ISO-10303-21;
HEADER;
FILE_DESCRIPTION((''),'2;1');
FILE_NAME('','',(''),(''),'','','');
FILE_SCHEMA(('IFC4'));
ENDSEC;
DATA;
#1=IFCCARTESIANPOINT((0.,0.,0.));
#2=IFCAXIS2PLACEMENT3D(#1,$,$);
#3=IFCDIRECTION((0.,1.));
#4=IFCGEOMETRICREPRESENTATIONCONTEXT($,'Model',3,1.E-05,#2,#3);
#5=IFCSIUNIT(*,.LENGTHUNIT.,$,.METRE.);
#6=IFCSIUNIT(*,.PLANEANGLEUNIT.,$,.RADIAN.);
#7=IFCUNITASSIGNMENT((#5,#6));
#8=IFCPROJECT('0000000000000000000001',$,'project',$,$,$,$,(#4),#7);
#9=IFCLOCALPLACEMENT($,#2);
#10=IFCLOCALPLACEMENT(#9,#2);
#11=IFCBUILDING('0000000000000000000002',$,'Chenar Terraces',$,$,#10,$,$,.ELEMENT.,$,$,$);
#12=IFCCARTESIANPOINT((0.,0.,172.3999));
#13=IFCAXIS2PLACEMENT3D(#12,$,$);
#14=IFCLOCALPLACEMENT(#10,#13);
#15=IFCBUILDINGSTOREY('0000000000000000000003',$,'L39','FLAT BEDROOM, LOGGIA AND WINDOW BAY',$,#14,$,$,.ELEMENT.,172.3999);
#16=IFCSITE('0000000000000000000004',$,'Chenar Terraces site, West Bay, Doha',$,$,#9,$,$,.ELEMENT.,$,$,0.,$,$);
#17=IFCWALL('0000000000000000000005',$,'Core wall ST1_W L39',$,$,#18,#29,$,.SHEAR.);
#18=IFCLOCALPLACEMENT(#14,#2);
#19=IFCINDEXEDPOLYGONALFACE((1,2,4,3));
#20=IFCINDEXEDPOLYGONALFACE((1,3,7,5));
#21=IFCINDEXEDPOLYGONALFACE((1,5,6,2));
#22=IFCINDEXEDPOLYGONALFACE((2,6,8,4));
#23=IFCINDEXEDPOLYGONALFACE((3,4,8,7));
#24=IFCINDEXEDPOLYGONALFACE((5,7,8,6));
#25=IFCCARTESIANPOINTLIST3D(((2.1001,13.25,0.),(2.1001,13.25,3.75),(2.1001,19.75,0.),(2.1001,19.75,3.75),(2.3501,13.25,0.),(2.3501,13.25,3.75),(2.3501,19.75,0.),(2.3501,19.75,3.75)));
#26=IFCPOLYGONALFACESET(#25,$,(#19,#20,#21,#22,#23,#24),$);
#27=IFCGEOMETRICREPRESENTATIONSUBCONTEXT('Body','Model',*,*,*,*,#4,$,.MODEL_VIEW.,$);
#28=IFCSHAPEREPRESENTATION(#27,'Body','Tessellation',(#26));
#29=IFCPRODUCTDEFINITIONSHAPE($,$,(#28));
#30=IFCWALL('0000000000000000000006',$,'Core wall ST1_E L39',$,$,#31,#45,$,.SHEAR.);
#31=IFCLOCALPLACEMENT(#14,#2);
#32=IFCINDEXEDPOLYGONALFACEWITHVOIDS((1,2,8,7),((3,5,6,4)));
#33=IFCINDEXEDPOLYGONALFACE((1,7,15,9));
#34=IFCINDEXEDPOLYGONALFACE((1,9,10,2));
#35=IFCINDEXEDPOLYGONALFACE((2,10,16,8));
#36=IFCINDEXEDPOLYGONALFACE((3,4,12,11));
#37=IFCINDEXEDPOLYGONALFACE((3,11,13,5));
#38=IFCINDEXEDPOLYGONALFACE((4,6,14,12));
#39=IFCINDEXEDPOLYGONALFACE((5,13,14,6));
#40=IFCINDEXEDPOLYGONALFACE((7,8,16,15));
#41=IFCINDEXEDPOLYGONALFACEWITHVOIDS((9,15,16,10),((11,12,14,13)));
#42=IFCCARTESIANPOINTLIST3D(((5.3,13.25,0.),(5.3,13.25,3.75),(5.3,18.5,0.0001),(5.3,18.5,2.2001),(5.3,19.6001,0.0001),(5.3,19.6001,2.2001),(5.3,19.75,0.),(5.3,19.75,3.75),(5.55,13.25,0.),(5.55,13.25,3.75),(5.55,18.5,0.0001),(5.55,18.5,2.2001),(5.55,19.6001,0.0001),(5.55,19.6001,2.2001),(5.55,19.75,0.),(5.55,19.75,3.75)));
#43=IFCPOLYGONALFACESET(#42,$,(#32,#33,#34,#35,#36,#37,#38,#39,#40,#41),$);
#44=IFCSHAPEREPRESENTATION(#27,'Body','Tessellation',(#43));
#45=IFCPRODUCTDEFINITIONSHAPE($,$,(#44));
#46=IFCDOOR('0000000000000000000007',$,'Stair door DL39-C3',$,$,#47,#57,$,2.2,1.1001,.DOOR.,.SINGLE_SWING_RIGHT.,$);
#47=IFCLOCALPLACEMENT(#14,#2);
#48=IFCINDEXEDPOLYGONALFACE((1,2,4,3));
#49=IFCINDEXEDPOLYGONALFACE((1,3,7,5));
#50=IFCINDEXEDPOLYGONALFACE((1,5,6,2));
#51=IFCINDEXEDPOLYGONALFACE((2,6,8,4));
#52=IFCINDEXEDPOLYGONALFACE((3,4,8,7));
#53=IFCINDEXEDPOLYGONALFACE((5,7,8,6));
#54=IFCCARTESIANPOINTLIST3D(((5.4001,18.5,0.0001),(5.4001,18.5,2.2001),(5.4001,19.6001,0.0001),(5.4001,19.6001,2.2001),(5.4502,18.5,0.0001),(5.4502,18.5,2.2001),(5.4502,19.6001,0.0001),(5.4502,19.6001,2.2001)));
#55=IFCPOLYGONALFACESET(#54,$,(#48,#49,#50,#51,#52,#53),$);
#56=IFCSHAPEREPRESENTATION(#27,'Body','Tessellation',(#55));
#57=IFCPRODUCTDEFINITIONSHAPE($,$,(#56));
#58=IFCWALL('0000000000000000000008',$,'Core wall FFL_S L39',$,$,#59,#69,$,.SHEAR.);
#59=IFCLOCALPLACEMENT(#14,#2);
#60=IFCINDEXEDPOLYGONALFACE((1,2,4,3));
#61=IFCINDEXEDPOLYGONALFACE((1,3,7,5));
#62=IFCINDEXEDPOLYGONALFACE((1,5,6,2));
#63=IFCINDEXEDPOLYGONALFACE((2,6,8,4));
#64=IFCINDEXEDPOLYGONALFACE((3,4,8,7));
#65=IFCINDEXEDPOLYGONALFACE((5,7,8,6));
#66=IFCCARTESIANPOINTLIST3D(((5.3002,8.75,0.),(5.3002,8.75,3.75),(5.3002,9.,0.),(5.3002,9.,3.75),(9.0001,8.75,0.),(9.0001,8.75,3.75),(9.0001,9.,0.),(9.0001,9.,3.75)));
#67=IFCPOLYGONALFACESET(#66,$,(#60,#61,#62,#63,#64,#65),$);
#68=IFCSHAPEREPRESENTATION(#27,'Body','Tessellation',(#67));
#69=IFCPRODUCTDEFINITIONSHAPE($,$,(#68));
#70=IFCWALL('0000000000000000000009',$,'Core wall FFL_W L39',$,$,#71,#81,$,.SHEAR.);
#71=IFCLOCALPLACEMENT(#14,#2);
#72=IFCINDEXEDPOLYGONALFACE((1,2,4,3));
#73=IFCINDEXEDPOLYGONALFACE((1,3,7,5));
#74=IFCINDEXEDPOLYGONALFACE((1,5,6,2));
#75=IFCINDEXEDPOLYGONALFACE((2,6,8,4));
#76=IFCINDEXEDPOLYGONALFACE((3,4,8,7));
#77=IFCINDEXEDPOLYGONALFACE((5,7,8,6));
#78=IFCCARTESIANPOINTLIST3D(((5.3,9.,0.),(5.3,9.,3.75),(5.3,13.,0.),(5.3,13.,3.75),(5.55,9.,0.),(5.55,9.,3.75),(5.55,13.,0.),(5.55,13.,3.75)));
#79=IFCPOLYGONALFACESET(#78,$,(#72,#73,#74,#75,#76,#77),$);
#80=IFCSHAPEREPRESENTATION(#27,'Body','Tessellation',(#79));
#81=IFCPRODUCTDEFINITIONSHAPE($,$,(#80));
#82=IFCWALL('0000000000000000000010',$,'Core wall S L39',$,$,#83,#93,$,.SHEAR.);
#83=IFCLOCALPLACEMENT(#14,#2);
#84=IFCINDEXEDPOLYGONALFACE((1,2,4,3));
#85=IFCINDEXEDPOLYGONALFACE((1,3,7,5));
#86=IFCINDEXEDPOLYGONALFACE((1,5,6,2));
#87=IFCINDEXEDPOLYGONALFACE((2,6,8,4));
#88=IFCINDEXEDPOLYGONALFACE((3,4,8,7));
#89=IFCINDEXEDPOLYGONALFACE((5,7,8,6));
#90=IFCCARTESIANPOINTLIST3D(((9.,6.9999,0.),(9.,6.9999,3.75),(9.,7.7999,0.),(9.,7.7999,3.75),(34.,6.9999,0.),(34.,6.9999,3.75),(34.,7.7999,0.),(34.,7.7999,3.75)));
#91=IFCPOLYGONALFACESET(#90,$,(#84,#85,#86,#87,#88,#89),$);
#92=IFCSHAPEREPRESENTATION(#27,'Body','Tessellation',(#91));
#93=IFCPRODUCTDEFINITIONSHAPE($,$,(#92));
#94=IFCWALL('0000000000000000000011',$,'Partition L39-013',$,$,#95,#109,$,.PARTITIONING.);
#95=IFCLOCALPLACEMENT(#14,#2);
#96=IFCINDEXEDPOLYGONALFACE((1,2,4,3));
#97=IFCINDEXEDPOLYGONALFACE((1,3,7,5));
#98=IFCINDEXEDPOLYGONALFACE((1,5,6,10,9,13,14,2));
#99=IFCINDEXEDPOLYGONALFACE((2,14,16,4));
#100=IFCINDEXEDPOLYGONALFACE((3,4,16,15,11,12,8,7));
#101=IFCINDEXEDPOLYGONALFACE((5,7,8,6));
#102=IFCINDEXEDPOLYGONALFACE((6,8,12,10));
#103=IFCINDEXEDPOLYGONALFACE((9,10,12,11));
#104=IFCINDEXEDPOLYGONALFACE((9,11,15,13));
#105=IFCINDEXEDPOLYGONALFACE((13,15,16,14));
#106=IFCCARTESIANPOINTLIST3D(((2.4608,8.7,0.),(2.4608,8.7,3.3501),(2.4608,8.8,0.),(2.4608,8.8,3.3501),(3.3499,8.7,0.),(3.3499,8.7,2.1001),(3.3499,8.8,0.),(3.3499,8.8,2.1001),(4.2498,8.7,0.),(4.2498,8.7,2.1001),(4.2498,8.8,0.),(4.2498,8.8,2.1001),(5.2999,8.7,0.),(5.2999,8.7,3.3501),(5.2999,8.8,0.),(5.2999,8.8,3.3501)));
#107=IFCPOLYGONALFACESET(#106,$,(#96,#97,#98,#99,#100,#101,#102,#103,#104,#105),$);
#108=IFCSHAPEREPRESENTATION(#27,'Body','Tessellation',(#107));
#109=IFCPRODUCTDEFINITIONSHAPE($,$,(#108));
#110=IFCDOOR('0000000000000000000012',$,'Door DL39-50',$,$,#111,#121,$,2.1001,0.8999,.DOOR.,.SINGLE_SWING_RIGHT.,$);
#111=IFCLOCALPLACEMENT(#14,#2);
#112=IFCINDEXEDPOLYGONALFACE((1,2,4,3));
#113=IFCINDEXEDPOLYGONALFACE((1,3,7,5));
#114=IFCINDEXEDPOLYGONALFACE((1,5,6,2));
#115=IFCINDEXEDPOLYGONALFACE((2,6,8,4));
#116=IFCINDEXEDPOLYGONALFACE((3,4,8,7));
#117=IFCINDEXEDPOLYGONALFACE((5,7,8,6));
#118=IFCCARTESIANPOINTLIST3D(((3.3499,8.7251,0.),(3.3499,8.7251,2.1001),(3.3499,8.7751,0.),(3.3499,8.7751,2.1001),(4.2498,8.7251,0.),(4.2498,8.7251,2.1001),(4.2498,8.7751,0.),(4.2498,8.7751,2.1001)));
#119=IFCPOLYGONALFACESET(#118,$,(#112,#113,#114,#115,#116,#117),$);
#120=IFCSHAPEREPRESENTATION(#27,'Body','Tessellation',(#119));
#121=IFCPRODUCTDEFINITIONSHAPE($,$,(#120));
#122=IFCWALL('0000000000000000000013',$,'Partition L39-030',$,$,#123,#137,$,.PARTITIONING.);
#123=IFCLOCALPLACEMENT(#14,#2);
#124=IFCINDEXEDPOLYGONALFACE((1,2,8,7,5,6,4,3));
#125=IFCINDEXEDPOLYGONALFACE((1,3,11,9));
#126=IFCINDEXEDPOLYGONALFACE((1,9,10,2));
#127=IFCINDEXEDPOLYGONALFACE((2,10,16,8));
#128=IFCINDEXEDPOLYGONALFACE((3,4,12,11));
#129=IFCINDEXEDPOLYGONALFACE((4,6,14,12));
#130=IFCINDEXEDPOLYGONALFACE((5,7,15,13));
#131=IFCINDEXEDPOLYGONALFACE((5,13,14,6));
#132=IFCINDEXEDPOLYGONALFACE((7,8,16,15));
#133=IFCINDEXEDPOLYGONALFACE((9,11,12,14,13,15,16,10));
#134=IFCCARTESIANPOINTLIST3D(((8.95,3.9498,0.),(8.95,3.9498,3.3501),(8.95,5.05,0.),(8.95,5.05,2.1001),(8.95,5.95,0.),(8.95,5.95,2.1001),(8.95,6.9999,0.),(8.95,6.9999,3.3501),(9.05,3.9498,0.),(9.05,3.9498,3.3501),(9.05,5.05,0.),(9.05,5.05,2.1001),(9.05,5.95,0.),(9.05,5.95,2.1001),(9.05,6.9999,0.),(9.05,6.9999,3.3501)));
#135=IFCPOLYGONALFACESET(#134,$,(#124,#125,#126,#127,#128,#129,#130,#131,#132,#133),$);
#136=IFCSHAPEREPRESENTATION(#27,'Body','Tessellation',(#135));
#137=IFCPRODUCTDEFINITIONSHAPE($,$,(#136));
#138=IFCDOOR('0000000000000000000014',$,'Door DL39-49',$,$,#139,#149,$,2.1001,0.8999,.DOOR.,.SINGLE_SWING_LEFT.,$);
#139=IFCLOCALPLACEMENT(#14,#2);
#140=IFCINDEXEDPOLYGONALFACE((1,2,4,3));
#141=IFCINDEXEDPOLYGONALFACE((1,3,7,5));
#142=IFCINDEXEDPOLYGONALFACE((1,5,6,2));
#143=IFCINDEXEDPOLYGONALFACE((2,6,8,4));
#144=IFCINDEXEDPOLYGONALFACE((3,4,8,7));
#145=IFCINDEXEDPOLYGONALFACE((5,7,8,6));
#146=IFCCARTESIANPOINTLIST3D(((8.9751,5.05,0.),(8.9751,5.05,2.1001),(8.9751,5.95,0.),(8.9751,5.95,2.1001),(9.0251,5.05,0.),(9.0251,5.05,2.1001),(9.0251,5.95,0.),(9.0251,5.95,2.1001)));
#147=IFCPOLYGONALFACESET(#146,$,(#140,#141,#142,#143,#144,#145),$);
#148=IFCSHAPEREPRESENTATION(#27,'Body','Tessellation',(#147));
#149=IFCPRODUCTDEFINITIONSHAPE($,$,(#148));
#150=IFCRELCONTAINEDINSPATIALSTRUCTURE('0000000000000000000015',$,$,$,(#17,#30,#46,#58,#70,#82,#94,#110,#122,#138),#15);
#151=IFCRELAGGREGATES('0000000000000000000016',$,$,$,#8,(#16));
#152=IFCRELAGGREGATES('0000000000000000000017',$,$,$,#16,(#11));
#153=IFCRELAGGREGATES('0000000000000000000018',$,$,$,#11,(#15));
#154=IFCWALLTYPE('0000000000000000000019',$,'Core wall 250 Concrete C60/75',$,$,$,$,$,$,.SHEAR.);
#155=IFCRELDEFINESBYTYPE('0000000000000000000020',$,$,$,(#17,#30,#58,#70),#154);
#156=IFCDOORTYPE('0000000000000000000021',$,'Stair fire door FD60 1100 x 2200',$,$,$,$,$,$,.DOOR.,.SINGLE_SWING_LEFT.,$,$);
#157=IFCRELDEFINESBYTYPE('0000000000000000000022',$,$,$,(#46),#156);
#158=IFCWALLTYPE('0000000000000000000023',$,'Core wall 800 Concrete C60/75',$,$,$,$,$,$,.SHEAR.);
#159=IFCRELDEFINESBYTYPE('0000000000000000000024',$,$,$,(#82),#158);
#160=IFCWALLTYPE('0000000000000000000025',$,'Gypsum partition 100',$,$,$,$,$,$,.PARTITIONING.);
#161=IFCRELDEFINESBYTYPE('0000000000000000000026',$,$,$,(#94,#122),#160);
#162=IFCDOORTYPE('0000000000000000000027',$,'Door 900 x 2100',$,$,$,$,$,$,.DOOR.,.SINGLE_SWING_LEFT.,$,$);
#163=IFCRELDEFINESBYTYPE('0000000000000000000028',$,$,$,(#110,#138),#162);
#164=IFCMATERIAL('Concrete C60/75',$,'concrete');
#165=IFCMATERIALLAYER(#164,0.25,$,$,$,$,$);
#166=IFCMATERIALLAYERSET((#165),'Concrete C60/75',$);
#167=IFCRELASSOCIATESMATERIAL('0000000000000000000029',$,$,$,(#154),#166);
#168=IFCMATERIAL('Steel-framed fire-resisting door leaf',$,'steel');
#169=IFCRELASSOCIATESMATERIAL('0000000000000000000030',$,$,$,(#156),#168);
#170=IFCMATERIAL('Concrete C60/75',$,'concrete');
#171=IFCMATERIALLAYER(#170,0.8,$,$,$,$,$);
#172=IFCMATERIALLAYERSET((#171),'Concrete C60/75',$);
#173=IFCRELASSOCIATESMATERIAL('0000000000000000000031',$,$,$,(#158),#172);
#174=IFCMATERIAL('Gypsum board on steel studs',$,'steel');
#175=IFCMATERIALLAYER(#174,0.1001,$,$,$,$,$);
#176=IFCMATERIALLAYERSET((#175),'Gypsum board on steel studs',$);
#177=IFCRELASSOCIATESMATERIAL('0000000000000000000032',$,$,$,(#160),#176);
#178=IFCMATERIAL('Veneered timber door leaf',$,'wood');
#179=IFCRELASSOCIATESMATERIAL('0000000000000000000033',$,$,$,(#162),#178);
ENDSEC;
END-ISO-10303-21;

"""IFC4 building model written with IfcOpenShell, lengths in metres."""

from ifc_helpers import new_model, si_unit, direction, frame, frame_2d, origin, place, context, subcontext, project, spatial, rectangle, extrude, material, layer, layer_set, type_object, element, fill, save


model = new_model("IFC4")

# Units and contexts
model_context = context("Model", 3, precision=1e-05, world=origin(), true_north=direction((0.0, 1.0)))
body_context = subcontext(model_context, "Body", "Model", "MODEL_VIEW")
ifc_project = project(units=[si_unit("LENGTHUNIT", "METRE"), si_unit("PLANEANGLEUNIT", "RADIAN")], contexts=[model_context])

# Site, building, storey
site_placement = place(None, origin())
site = spatial("IfcSite", under=ifc_project, at=site_placement, Name="Chenar Terraces site, West Bay, Doha", CompositionType="ELEMENT", RefElevation=0.0)
building_placement = place(site_placement, origin())
building = spatial("IfcBuilding", under=site, at=building_placement, Name="Chenar Terraces", CompositionType="ELEMENT")
storey_placement = place(building_placement, frame((0.0, 0.0, 172.3999)))
storey = spatial("IfcBuildingStorey", under=building, at=storey_placement, Name="L39", Description="FLAT BEDROOM, LOGGIA AND WINDOW BAY", CompositionType="ELEMENT", Elevation=172.3999)

# Wall
ifc_material_1 = material(Name="Concrete C60/75", Category="concrete")
ifc_layer_1 = layer(ifc_material_1, 0.25)
ifc_layer_set_1 = layer_set([ifc_layer_1], Name="Concrete C60/75")
wall_type_1 = type_object("IfcWallType", Name="Core wall 250 Concrete C60/75", PredefinedType="SHEAR", material=ifc_layer_set_1)
wall_1_placement = place(storey_placement, frame((2.2251, 13.25, 0.0), z_axis=(0.0, 0.0, 1.0), x_axis=(0.0, 1.0, 0.0)))
element("IfcWall", 1, at=wall_1_placement, inside=storey, type_object=wall_type_1, Name="Core wall ST1_W L39", PredefinedType="SHEAR", context=body_context, shape_type="SweptSolid", body=[
    extrude(rectangle(XDim=6.5, YDim=0.25, at=frame_2d((3.25, 0.0))), origin(), (0.0, 0.0, 1.0), 3.75),
])

# Wall, opening, door
wall_2_placement = place(storey_placement, frame((5.425, 13.25, 0.0), z_axis=(0.0, 0.0, 1.0), x_axis=(0.0, 1.0, 0.0)))
wall_2 = element("IfcWall", 2, at=wall_2_placement, inside=storey, type_object=wall_type_1, Name="Core wall ST1_E L39", PredefinedType="SHEAR", context=body_context, shape_type="SweptSolid", body=[
    extrude(rectangle(XDim=6.5, YDim=0.25, at=frame_2d((3.25, 0.0))), origin(), (0.0, 0.0, 1.0), 3.75),
])
opening_1_placement = place(wall_2_placement, frame((5.25, 0.0, 0.0)))
opening_1 = element("IfcOpeningElement", 3, at=opening_1_placement, cuts=wall_2, PredefinedType="OPENING", context=body_context, shape_type="SweptSolid", body=[
    extrude(rectangle(XDim=1.1001, YDim=2.2, at=frame_2d((0.55, 1.1001))), frame((0.0, 0.135, 0.0), z_axis=(0.0, -1.0, 0.0), x_axis=(1.0, 0.0, 0.0)), (0.0, 0.0, 1.0), 0.27),
])
ifc_material_2 = material(Name="Steel-framed fire-resisting door leaf", Category="steel")
door_type_1 = type_object("IfcDoorType", Name="Stair fire door FD60 1100 x 2200", OperationType="SINGLE_SWING_LEFT", PredefinedType="DOOR", material=ifc_material_2)
door_1_placement = place(opening_1_placement, origin())
door_1 = element("IfcDoor", 4, at=door_1_placement, inside=storey, type_object=door_type_1, Name="Stair door DL39-C3", OperationType="SINGLE_SWING_RIGHT", OverallHeight=2.2, OverallWidth=1.1001, PredefinedType="DOOR", context=body_context, shape_type="SweptSolid", body=[
    extrude(rectangle(XDim=1.1001, YDim=2.2, at=frame_2d((0.55, 1.1001))), frame((0.0, 0.0249, 0.0), z_axis=(0.0, -1.0, 0.0), x_axis=(1.0, 0.0, 0.0)), (0.0, 0.0, 1.0), 0.05),
])
fill(opening_1, door_1)

# Walls
wall_3_placement = place(storey_placement, frame((5.3, 8.875, 0.0), z_axis=(0.0, 0.0, 1.0), x_axis=(1.0, 0.0, 0.0)))
element("IfcWall", 5, at=wall_3_placement, inside=storey, type_object=wall_type_1, Name="Core wall FFL_S L39", PredefinedType="SHEAR", context=body_context, shape_type="SweptSolid", body=[
    extrude(rectangle(XDim=3.7, YDim=0.25, at=frame_2d((1.8501, 0.0))), origin(), (0.0, 0.0, 1.0), 3.75),
])
wall_4_placement = place(storey_placement, frame((5.425, 9.0, 0.0), z_axis=(0.0, 0.0, 1.0), x_axis=(0.0, 1.0, 0.0)))
element("IfcWall", 6, at=wall_4_placement, inside=storey, type_object=wall_type_1, Name="Core wall FFL_W L39", PredefinedType="SHEAR", context=body_context, shape_type="SweptSolid", body=[
    extrude(rectangle(XDim=4.0, YDim=0.25, at=frame_2d((2.0, 0.0))), origin(), (0.0, 0.0, 1.0), 3.75),
])
ifc_material_3 = material(Name="Concrete C60/75", Category="concrete")
ifc_layer_2 = layer(ifc_material_3, 0.8)
ifc_layer_set_2 = layer_set([ifc_layer_2], Name="Concrete C60/75")
wall_type_2 = type_object("IfcWallType", Name="Core wall 800 Concrete C60/75", PredefinedType="SHEAR", material=ifc_layer_set_2)
wall_5_placement = place(storey_placement, frame((9.0, 7.3999, 0.0), z_axis=(0.0, 0.0, 1.0), x_axis=(1.0, 0.0, 0.0)))
element("IfcWall", 7, at=wall_5_placement, inside=storey, type_object=wall_type_2, Name="Core wall S L39", PredefinedType="SHEAR", context=body_context, shape_type="SweptSolid", body=[
    extrude(rectangle(XDim=25.0, YDim=0.8, at=frame_2d((12.5, 0.0))), origin(), (0.0, 0.0, 1.0), 3.75),
])

# Walls, openings, doors
ifc_material_4 = material(Name="Gypsum board on steel studs", Category="steel")
ifc_layer_3 = layer(ifc_material_4, 0.1001)
ifc_layer_set_3 = layer_set([ifc_layer_3], Name="Gypsum board on steel studs")
wall_type_3 = type_object("IfcWallType", Name="Gypsum partition 100", PredefinedType="PARTITIONING", material=ifc_layer_set_3)
wall_6_placement = place(storey_placement, frame((2.4609, 8.75, 0.0), z_axis=(0.0, 0.0, 1.0), x_axis=(1.0, 0.0, 0.0)))
wall_6 = element("IfcWall", 8, at=wall_6_placement, inside=storey, type_object=wall_type_3, Name="Partition L39-013", PredefinedType="PARTITIONING", context=body_context, shape_type="SweptSolid", body=[
    extrude(rectangle(XDim=2.8391, YDim=0.1001, at=frame_2d((1.4194, 0.0))), origin(), (0.0, 0.0, 1.0), 3.3501),
])
opening_2_placement = place(wall_6_placement, frame((0.8889, 0.0, 0.0)))
opening_2 = element("IfcOpeningElement", 9, at=opening_2_placement, cuts=wall_6, PredefinedType="OPENING", context=body_context, shape_type="SweptSolid", body=[
    extrude(rectangle(XDim=0.8999, YDim=2.1001, at=frame_2d((0.45, 1.05))), frame((0.0, 0.0601, 0.0), z_axis=(0.0, -1.0, 0.0), x_axis=(1.0, 0.0, 0.0)), (0.0, 0.0, 1.0), 0.1201),
])
ifc_material_5 = material(Name="Veneered timber door leaf", Category="wood")
door_type_2 = type_object("IfcDoorType", Name="Door 900 x 2100", OperationType="SINGLE_SWING_LEFT", PredefinedType="DOOR", material=ifc_material_5)
door_2_placement = place(opening_2_placement, frame((0.8999, 0.0, 0.0), z_axis=(0.0, 0.0, 1.0), x_axis=(-1.0, 0.0, 0.0)))
door_2 = element("IfcDoor", 10, at=door_2_placement, inside=storey, type_object=door_type_2, Name="Door DL39-50", OperationType="SINGLE_SWING_RIGHT", OverallHeight=2.1001, OverallWidth=0.8999, PredefinedType="DOOR", context=body_context, shape_type="SweptSolid", body=[
    extrude(rectangle(XDim=0.8999, YDim=2.1001, at=frame_2d((0.45, 1.05))), frame((0.0, 0.0249, 0.0), z_axis=(0.0, -1.0, 0.0), x_axis=(1.0, 0.0, 0.0)), (0.0, 0.0, 1.0), 0.05),
])
fill(opening_2, door_2)
wall_7_placement = place(storey_placement, frame((9.0, 3.95, 0.0), z_axis=(0.0, 0.0, 1.0), x_axis=(0.0, 1.0, 0.0)))
wall_7 = element("IfcWall", 11, at=wall_7_placement, inside=storey, type_object=wall_type_3, Name="Partition L39-030", PredefinedType="PARTITIONING", context=body_context, shape_type="SweptSolid", body=[
    extrude(rectangle(XDim=3.05, YDim=0.1001, at=frame_2d((1.5249, 0.0))), origin(), (0.0, 0.0, 1.0), 3.3501),
])
opening_3_placement = place(wall_7_placement, frame((1.1001, 0.0, 0.0)))
opening_3 = element("IfcOpeningElement", 12, at=opening_3_placement, cuts=wall_7, PredefinedType="OPENING", context=body_context, shape_type="SweptSolid", body=[
    extrude(rectangle(XDim=0.8999, YDim=2.1001, at=frame_2d((0.45, 1.05))), frame((0.0, 0.0601, 0.0), z_axis=(0.0, -1.0, 0.0), x_axis=(1.0, 0.0, 0.0)), (0.0, 0.0, 1.0), 0.1201),
])
door_3_placement = place(opening_3_placement, origin())
door_3 = element("IfcDoor", 13, at=door_3_placement, inside=storey, type_object=door_type_2, Name="Door DL39-49", OperationType="SINGLE_SWING_LEFT", OverallHeight=2.1001, OverallWidth=0.8999, PredefinedType="DOOR", context=body_context, shape_type="SweptSolid", body=[
    extrude(rectangle(XDim=0.8999, YDim=2.1001, at=frame_2d((0.45, 1.05))), frame((0.0, 0.0249, 0.0), z_axis=(0.0, -1.0, 0.0), x_axis=(1.0, 0.0, 0.0)), (0.0, 0.0, 1.0), 0.05),
])
fill(opening_3, door_3)

save(model, "model.ifc")
